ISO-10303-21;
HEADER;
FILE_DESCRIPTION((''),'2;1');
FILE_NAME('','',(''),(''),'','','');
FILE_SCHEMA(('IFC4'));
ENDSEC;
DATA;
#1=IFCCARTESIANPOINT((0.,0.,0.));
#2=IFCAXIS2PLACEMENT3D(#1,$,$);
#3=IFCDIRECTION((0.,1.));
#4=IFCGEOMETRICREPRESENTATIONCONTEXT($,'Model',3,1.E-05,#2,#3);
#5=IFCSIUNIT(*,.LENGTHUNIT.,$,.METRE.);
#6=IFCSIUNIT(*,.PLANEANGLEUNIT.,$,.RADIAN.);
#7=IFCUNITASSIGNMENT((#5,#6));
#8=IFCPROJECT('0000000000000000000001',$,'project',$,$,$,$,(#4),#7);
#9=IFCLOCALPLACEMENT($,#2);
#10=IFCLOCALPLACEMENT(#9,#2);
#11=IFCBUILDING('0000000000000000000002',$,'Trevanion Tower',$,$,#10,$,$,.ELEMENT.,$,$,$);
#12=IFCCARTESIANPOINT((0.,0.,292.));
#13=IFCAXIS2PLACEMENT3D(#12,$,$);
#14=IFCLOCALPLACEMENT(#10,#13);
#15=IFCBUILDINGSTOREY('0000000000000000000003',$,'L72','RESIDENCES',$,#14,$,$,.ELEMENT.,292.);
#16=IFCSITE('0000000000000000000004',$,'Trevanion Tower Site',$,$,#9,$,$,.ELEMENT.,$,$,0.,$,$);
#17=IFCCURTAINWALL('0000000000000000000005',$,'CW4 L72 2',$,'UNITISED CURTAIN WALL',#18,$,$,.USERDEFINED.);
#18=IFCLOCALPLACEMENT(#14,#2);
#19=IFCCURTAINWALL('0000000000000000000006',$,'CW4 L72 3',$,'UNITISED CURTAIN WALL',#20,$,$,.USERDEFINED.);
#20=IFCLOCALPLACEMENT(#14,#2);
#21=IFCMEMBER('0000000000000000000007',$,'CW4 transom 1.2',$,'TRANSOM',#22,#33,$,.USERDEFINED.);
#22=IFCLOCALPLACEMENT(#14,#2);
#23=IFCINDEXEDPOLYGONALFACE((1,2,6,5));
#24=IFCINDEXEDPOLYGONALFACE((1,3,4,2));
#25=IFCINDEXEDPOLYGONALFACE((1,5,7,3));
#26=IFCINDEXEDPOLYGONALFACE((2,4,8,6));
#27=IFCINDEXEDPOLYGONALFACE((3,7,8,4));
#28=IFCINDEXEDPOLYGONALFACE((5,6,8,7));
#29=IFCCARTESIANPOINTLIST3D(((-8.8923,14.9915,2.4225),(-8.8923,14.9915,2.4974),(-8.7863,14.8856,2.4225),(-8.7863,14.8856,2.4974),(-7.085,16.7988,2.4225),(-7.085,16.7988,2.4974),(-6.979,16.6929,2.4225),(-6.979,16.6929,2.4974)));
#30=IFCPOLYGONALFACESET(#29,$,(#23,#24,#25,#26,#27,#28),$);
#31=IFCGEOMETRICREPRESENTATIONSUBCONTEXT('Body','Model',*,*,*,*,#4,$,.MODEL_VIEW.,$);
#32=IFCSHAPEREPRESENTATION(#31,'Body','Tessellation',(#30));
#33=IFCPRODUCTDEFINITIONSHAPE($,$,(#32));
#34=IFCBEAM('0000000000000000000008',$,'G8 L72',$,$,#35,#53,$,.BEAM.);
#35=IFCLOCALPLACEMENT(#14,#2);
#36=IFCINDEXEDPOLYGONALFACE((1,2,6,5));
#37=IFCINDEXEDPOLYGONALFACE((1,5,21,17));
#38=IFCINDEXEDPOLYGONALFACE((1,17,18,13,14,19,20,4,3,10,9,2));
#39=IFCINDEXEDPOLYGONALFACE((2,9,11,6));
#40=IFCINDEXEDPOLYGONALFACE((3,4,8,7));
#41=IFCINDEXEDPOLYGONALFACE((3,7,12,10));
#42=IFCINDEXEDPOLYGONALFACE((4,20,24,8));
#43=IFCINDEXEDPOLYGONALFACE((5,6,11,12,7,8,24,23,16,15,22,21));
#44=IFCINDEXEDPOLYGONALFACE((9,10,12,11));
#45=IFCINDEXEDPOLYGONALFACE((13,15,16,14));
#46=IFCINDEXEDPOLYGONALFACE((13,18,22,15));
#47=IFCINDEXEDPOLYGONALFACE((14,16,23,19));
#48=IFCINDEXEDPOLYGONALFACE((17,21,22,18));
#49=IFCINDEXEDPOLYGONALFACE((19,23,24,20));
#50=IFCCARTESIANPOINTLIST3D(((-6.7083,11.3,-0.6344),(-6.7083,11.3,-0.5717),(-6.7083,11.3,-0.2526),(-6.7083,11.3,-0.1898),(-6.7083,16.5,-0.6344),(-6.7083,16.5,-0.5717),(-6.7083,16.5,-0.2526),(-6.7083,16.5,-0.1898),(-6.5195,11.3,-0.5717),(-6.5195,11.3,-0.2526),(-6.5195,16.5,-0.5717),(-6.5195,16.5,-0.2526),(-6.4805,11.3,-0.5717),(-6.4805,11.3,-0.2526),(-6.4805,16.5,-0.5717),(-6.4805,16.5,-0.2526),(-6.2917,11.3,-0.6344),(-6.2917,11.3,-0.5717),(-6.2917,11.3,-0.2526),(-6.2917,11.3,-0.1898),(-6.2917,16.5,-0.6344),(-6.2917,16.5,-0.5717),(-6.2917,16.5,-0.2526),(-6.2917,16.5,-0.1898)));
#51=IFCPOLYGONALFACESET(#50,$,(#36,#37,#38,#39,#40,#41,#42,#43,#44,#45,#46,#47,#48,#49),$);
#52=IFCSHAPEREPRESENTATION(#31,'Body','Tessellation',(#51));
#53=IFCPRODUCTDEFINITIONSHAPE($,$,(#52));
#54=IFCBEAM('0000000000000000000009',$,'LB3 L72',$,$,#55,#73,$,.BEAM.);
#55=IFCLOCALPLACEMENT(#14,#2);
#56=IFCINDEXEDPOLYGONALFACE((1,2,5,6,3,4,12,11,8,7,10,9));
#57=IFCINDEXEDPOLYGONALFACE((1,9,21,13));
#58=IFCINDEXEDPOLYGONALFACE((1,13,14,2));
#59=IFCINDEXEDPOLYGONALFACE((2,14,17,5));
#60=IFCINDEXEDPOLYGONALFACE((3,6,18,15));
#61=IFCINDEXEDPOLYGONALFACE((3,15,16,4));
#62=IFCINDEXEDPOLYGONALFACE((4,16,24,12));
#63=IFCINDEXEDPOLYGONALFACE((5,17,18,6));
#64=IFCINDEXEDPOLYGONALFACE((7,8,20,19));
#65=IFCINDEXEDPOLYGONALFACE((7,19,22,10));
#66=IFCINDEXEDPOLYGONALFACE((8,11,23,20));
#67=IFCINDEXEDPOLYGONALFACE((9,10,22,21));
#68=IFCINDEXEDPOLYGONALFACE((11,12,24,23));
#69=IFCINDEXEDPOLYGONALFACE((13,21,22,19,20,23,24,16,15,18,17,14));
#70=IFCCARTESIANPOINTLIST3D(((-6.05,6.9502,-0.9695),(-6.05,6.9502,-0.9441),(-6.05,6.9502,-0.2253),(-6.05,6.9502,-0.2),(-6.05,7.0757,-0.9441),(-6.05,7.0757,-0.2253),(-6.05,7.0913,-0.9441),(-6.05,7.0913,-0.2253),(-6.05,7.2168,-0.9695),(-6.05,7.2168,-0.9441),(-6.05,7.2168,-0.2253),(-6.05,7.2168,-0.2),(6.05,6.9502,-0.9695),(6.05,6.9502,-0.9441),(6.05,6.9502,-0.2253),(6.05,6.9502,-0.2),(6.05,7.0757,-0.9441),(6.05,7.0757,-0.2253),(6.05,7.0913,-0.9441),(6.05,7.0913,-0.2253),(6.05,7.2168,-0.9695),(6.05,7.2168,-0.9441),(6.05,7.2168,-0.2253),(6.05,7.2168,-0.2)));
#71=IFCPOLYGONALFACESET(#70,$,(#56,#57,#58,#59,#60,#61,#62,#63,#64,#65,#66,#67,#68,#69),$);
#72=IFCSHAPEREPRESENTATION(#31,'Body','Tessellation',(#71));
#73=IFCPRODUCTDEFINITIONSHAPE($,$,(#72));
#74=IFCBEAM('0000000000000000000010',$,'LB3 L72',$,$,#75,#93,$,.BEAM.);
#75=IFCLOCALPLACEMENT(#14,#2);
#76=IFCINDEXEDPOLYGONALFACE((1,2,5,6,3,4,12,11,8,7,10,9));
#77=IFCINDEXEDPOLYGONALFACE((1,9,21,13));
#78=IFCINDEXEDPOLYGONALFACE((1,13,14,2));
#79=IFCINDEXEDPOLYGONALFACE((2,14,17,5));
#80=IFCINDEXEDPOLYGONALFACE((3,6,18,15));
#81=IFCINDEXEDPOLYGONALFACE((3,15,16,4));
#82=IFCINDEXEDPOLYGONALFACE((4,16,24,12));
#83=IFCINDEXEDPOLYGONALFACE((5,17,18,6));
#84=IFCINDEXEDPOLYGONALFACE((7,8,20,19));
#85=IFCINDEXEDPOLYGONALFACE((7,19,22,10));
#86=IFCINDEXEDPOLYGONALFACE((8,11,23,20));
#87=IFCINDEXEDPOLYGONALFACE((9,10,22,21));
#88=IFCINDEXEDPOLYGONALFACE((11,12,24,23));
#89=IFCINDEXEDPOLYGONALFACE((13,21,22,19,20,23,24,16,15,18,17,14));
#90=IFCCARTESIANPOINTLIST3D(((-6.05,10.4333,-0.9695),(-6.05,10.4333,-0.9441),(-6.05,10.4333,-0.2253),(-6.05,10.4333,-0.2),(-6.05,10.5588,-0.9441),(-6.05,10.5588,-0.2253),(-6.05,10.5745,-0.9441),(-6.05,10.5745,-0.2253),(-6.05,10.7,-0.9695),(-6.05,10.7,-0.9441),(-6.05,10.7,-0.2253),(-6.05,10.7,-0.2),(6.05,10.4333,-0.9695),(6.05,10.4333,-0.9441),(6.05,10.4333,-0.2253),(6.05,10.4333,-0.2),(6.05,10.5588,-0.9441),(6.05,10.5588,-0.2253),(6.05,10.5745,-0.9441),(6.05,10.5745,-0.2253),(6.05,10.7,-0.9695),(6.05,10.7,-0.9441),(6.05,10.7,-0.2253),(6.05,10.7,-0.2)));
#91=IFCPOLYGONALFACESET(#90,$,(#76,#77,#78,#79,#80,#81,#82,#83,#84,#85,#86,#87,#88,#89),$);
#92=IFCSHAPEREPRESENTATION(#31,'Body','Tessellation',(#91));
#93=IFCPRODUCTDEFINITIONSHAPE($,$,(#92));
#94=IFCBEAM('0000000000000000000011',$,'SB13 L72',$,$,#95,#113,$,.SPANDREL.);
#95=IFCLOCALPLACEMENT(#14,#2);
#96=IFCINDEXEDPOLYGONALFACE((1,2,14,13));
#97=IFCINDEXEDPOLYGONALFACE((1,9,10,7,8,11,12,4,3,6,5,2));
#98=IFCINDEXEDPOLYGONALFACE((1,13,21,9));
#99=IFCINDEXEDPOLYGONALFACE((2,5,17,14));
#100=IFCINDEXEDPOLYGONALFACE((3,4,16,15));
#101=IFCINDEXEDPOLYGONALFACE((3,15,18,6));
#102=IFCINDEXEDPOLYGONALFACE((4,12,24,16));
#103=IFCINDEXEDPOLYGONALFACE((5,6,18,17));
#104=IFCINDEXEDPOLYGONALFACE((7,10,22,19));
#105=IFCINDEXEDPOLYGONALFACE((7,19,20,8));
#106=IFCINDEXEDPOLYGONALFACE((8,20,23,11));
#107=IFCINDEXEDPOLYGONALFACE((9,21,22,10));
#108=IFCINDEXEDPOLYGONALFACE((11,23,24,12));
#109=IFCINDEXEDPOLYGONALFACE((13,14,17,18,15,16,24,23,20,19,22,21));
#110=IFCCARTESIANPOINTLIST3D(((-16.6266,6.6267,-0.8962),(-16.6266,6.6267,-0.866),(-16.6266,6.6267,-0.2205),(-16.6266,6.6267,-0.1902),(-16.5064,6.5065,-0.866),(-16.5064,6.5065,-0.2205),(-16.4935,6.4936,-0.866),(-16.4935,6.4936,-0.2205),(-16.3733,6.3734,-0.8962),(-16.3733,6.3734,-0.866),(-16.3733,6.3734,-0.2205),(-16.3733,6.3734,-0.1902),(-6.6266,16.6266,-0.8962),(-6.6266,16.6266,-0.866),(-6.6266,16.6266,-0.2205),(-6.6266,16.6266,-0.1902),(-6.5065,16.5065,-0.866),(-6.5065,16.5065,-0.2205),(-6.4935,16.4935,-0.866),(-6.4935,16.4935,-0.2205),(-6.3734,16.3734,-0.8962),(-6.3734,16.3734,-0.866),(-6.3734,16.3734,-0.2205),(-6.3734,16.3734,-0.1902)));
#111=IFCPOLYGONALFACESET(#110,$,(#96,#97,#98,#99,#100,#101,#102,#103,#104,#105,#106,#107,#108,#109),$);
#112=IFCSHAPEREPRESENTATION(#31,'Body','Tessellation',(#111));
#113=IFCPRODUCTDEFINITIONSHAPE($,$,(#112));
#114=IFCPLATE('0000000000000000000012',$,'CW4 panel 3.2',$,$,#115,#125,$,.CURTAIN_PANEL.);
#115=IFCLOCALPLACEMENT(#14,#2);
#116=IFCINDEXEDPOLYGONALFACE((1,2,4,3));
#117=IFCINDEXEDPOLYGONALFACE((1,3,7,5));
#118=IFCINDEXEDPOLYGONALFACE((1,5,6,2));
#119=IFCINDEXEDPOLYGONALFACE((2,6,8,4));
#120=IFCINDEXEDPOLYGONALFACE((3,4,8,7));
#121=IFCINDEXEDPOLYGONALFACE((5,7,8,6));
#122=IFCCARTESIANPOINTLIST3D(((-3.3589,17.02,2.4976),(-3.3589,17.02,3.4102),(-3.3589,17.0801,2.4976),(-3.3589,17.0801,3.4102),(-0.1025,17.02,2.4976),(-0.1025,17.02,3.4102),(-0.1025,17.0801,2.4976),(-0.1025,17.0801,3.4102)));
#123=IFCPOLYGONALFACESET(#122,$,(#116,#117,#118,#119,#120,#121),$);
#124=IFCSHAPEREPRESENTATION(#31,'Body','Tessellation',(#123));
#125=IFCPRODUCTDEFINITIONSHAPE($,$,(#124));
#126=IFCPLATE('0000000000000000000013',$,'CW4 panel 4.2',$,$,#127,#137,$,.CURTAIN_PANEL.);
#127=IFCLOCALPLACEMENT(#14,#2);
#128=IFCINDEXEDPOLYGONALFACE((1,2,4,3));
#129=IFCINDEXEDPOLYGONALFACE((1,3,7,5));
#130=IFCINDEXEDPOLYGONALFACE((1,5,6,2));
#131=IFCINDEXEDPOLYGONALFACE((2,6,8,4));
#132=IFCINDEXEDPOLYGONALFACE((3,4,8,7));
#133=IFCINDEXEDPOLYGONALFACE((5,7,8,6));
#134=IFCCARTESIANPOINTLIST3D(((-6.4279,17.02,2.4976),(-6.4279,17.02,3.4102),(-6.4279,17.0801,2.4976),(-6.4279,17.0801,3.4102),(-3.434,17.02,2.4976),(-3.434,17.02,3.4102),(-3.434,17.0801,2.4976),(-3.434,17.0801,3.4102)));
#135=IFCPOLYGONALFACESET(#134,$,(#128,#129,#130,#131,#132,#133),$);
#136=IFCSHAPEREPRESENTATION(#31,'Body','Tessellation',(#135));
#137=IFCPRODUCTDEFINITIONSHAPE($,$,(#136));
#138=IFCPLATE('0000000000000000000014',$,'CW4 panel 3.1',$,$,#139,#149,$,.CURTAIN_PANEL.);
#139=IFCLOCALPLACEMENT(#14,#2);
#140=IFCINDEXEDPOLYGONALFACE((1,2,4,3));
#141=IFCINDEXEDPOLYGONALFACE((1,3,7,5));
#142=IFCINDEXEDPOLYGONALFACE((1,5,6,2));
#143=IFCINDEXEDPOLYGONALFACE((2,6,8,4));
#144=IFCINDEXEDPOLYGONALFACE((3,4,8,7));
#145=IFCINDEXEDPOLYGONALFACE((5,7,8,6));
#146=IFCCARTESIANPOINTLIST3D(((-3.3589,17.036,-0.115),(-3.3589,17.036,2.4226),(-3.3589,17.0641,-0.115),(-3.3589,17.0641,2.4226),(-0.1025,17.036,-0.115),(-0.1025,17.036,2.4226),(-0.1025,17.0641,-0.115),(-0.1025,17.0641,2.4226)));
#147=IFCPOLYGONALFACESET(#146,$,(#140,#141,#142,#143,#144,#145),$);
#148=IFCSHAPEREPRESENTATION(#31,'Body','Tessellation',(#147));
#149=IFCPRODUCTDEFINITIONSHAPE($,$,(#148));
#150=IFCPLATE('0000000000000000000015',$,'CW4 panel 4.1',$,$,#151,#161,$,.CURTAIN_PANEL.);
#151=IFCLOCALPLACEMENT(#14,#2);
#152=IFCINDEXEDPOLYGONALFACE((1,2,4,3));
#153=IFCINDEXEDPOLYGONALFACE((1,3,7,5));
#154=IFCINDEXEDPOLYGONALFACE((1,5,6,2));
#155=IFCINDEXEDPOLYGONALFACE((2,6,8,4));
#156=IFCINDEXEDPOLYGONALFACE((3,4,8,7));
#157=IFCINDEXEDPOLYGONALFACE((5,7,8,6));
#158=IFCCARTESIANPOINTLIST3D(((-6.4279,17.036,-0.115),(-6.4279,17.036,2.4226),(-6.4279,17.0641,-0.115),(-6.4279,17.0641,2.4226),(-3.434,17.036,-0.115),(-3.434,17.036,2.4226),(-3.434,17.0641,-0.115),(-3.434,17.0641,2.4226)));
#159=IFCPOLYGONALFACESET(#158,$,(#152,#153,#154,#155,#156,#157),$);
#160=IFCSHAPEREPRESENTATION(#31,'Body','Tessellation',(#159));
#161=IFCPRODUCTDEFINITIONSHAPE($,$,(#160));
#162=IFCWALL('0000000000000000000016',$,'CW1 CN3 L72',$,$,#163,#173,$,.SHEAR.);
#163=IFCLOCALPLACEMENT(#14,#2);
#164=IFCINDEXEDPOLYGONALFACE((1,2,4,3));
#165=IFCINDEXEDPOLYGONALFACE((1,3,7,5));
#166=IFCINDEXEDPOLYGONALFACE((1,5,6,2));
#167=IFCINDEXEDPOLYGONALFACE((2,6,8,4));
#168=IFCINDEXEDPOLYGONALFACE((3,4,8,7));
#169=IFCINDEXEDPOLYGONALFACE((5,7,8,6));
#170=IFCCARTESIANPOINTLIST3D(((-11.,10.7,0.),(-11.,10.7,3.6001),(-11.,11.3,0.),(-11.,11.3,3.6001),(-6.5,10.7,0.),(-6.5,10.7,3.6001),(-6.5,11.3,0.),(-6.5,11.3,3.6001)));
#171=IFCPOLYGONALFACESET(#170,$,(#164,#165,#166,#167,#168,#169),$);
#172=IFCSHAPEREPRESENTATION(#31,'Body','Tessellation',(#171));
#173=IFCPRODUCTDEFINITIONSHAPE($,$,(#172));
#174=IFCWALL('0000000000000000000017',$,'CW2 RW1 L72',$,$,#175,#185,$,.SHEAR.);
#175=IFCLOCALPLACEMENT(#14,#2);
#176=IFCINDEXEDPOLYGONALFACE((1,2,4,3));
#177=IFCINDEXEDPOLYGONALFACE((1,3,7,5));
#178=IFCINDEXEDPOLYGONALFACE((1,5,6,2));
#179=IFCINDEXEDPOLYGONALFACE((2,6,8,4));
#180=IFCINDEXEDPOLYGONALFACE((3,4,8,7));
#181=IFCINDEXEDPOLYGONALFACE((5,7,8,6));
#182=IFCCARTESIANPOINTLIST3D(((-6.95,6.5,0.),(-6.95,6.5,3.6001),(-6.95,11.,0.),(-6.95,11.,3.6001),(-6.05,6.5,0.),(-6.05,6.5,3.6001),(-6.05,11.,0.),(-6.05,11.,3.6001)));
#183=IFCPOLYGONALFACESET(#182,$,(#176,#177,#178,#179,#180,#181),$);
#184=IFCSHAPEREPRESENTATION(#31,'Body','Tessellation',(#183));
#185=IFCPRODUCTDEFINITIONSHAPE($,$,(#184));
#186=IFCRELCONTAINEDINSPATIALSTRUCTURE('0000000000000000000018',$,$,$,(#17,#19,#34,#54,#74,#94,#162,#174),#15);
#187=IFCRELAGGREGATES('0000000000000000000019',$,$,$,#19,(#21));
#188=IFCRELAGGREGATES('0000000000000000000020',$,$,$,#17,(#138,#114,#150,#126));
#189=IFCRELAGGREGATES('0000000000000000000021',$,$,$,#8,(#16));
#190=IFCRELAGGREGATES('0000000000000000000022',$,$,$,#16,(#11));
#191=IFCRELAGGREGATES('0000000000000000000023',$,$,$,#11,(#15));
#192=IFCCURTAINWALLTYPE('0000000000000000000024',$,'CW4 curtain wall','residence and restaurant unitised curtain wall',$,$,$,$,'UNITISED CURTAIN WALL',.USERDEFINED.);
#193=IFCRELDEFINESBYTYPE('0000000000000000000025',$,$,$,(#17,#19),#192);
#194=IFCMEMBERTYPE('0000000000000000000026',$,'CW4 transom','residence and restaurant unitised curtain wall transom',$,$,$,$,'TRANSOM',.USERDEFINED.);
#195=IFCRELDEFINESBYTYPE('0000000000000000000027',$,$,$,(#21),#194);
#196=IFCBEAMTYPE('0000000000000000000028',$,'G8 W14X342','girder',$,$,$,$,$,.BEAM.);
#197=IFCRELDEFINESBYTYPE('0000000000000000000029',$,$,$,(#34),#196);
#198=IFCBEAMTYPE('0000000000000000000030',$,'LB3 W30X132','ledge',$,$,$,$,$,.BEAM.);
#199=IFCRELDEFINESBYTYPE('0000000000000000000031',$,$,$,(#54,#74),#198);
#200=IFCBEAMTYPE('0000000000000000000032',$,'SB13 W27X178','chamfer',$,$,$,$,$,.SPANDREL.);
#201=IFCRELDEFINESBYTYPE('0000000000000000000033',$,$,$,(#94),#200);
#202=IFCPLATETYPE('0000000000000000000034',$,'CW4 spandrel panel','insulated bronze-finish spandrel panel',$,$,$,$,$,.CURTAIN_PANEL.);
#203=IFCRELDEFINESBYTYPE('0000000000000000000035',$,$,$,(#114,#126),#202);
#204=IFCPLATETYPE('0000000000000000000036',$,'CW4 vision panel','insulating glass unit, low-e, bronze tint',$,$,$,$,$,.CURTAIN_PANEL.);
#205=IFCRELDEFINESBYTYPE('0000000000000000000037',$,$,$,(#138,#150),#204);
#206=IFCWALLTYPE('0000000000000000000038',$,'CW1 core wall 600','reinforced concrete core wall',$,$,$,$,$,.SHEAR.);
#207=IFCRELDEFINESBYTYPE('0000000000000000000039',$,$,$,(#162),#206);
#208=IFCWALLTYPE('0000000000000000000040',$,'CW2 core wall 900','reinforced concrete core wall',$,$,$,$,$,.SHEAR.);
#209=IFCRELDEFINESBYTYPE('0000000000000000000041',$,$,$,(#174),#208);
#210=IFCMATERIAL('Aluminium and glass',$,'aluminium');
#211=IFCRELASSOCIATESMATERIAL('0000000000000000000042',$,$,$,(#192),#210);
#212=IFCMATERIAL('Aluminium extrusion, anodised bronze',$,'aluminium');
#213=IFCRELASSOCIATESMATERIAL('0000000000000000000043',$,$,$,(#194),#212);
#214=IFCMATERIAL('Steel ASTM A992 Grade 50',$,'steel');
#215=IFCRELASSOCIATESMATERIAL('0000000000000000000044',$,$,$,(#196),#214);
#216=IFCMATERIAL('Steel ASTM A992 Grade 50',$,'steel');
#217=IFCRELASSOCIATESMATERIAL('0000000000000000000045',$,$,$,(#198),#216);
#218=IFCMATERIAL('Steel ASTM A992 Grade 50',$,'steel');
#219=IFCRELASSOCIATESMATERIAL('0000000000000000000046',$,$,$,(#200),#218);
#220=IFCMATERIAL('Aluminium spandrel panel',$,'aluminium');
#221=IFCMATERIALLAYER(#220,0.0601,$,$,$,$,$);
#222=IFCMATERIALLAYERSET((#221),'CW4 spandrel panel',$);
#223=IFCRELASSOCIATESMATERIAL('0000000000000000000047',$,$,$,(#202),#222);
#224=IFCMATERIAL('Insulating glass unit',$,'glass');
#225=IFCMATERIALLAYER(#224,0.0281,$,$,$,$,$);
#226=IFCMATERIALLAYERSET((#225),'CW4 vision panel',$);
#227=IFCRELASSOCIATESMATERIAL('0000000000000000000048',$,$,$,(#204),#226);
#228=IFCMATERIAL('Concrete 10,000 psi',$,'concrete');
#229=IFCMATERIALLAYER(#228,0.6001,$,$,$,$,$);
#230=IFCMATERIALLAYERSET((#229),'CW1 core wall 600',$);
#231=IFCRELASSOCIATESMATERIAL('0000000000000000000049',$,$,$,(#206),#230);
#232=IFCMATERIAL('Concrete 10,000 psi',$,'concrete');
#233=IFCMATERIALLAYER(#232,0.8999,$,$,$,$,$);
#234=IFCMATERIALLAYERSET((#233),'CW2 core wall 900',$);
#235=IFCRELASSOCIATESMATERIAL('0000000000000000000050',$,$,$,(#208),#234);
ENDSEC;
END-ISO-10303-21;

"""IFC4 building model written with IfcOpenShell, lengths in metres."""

from ifc_helpers import new_model, si_unit, direction, frame, frame_2d, origin, origin_2d, place, context, subcontext, project, spatial, rectangle, i_section, extrude, material, layer, layer_set, material_profile, profile_set, type_object, element, aggregate, save


model = new_model("IFC4")

# Units and contexts
model_context = context("Model", 3, precision=1e-05, world=origin(), true_north=direction((0.0, 1.0)))
body_context = subcontext(model_context, "Body", "Model", "MODEL_VIEW")
ifc_project = project(units=[si_unit("LENGTHUNIT", "METRE"), si_unit("PLANEANGLEUNIT", "RADIAN")], contexts=[model_context])

# Site, building, storey
site_placement = place(None, origin())
site = spatial("IfcSite", under=ifc_project, at=site_placement, Name="Trevanion Tower Site", CompositionType="ELEMENT", RefElevation=0.0)
building_placement = place(site_placement, origin())
building = spatial("IfcBuilding", under=site, at=building_placement, Name="Trevanion Tower", CompositionType="ELEMENT")
storey_placement = place(building_placement, frame((0.0, 0.0, 292.0)))
storey = spatial("IfcBuildingStorey", under=building, at=storey_placement, Name="L72", Description="RESIDENCES", CompositionType="ELEMENT", Elevation=292.0)

# Curtain wall
ifc_material_1 = material(Name="Aluminium and glass", Category="aluminium")
curtain_wall_type = type_object("IfcCurtainWallType", Name="CW4 curtain wall", Description="residence and restaurant unitised curtain wall", ElementType="UNITISED CURTAIN WALL", PredefinedType="USERDEFINED", material=ifc_material_1)
curtain_wall_1_placement = place(storey_placement, origin())
curtain_wall_1 = element("IfcCurtainWall", 1, at=curtain_wall_1_placement, inside=storey, type_object=curtain_wall_type, Name="CW4 L72 2", ObjectType="UNITISED CURTAIN WALL", PredefinedType="USERDEFINED")

# Curtain wall
curtain_wall_2_placement = place(storey_placement, origin())
curtain_wall_2 = element("IfcCurtainWall", 2, at=curtain_wall_2_placement, inside=storey, type_object=curtain_wall_type, Name="CW4 L72 3", ObjectType="UNITISED CURTAIN WALL", PredefinedType="USERDEFINED")

# Member
ifc_material_2 = material(Name="Aluminium extrusion, anodised bronze", Category="aluminium")
ifc_material_profile_1 = material_profile(ifc_material_2, rectangle(XDim=0.1499, YDim=0.075, at=origin_2d()), Name="CW4 transom")
ifc_profile_set_1 = profile_set([ifc_material_profile_1], Name="Aluminium extrusion, anodised bronze")
member_type_1 = type_object("IfcMemberType", Name="CW4 transom", Description="residence and restaurant unitised curtain wall transom", ElementType="TRANSOM", PredefinedType="USERDEFINED", material=ifc_profile_set_1)
member_1_placement = place(storey_placement, frame((-7.032, 16.7458, 2.46), z_axis=(-0.707107, -0.707107, 0.0), x_axis=(0.707107, -0.707107, 0.0)))
member_1 = element("IfcMember", 3, at=member_1_placement, type_object=member_type_1, Name="CW4 transom 1.2", ObjectType="TRANSOM", PredefinedType="USERDEFINED", context=body_context, shape_type="SweptSolid", body=[
    extrude(rectangle(XDim=0.1499, YDim=0.075, at=origin_2d()), origin(), (0.0, 0.0, 1.0), 2.5559),
])
aggregate(curtain_wall_2, [member_1])

# Beams
ifc_material_3 = material(Name="Steel ASTM A992 Grade 50", Category="steel")
ifc_material_profile_2 = material_profile(ifc_material_3, i_section(OverallWidth=0.4165, OverallDepth=0.4446, WebThickness=0.0391, FlangeThickness=0.0627, at=origin_2d()), Name="W14X342")
ifc_profile_set_2 = profile_set([ifc_material_profile_2], Name="Steel ASTM A992 Grade 50")
beam_type_1 = type_object("IfcBeamType", Name="G8 W14X342", Description="girder", PredefinedType="BEAM", material=ifc_profile_set_2)
beam_1_placement = place(storey_placement, frame((-6.5, 11.3, -0.4121), z_axis=(0.0, 1.0, 0.0), x_axis=(-1.0, 0.0, 0.0)))
element("IfcBeam", 4, at=beam_1_placement, inside=storey, type_object=beam_type_1, Name="G8 L72", PredefinedType="BEAM", context=body_context, shape_type="SweptSolid", body=[
    extrude(i_section(OverallWidth=0.4165, OverallDepth=0.4446, WebThickness=0.0391, FlangeThickness=0.0627, at=origin_2d()), origin(), (0.0, 0.0, 1.0), 5.2),
])
ifc_material_4 = material(Name="Steel ASTM A992 Grade 50", Category="steel")
ifc_material_profile_3 = material_profile(ifc_material_4, i_section(OverallWidth=0.2666, OverallDepth=0.7695, WebThickness=0.0156, FlangeThickness=0.0254, at=origin_2d()), Name="W30X132")
ifc_profile_set_3 = profile_set([ifc_material_profile_3], Name="Steel ASTM A992 Grade 50")
beam_type_2 = type_object("IfcBeamType", Name="LB3 W30X132", Description="ledge", PredefinedType="BEAM", material=ifc_profile_set_3)
for number, where, z_axis, x_axis, name in (
    (5, (-6.05, 7.0835, -0.5847), (1.0, 0.0, 0.0), (0.0, 1.0, 0.0), "LB3 L72"),
    (6, (-6.05, 10.5667, -0.5847), (1.0, 0.0, 0.0), (0.0, 1.0, 0.0), "LB3 L72"),
):
    element("IfcBeam", number, at=place(storey_placement, frame(where, z_axis=z_axis, x_axis=x_axis)), inside=storey, type_object=beam_type_2, Name=name, PredefinedType="BEAM", context=body_context, shape_type="SweptSolid", body=[
        extrude(i_section(OverallWidth=0.2666, OverallDepth=0.7695, WebThickness=0.0156, FlangeThickness=0.0254, at=origin_2d()), origin(), (0.0, 0.0, 1.0), 12.1001),
    ])
ifc_material_5 = material(Name="Steel ASTM A992 Grade 50", Category="steel")
ifc_material_profile_4 = material_profile(ifc_material_5, i_section(OverallWidth=0.3582, OverallDepth=0.7061, WebThickness=0.0183, FlangeThickness=0.0303, at=origin_2d()), Name="W27X178")
ifc_profile_set_4 = profile_set([ifc_material_profile_4], Name="Steel ASTM A992 Grade 50")
beam_type_3 = type_object("IfcBeamType", Name="SB13 W27X178", Description="chamfer", PredefinedType="SPANDREL", material=ifc_profile_set_4)
beam_2_placement = place(storey_placement, frame((-6.5, 16.5, -0.5432), z_axis=(-0.707107, -0.707107, 0.0), x_axis=(0.707107, -0.707107, 0.0)))
element("IfcBeam", 7, at=beam_2_placement, inside=storey, type_object=beam_type_3, Name="SB13 L72", PredefinedType="SPANDREL", context=body_context, shape_type="SweptSolid", body=[
    extrude(i_section(OverallWidth=0.3582, OverallDepth=0.7061, WebThickness=0.0183, FlangeThickness=0.0303, at=origin_2d()), origin(), (0.0, 0.0, 1.0), 14.1421),
])

# Plates
ifc_material_6 = material(Name="Aluminium spandrel panel", Category="aluminium")
ifc_layer_1 = layer(ifc_material_6, 0.0601)
ifc_layer_set_1 = layer_set([ifc_layer_1], Name="CW4 spandrel panel")
plate_type_1 = type_object("IfcPlateType", Name="CW4 spandrel panel", Description="insulated bronze-finish spandrel panel", PredefinedType="CURTAIN_PANEL", material=ifc_layer_set_1)
plate_1_placement = place(storey_placement, frame((-1.7307, 17.05, 2.4976), z_axis=(0.0, 0.0, 1.0), x_axis=(-1.0, 0.0, 0.0)))
plate_1 = element("IfcPlate", 8, at=plate_1_placement, type_object=plate_type_1, Name="CW4 panel 3.2", PredefinedType="CURTAIN_PANEL", context=body_context, shape_type="SweptSolid", body=[
    extrude(rectangle(XDim=3.2563, YDim=0.0601, at=origin_2d()), origin(), (0.0, 0.0, 1.0), 0.9126),
])
plate_2_placement = place(storey_placement, frame((-4.9309, 17.05, 2.4976), z_axis=(0.0, 0.0, 1.0), x_axis=(-1.0, 0.0, 0.0)))
plate_2 = element("IfcPlate", 9, at=plate_2_placement, type_object=plate_type_1, Name="CW4 panel 4.2", PredefinedType="CURTAIN_PANEL", context=body_context, shape_type="SweptSolid", body=[
    extrude(rectangle(XDim=2.9939, YDim=0.0601, at=origin_2d()), origin(), (0.0, 0.0, 1.0), 0.9126),
])
ifc_material_7 = material(Name="Insulating glass unit", Category="glass")
ifc_layer_2 = layer(ifc_material_7, 0.0281)
ifc_layer_set_2 = layer_set([ifc_layer_2], Name="CW4 vision panel")
plate_type_2 = type_object("IfcPlateType", Name="CW4 vision panel", Description="insulating glass unit, low-e, bronze tint", PredefinedType="CURTAIN_PANEL", material=ifc_layer_set_2)
plate_3_placement = place(storey_placement, frame((-1.7307, 17.05, -0.115), z_axis=(0.0, 0.0, 1.0), x_axis=(-1.0, 0.0, 0.0)))
plate_3 = element("IfcPlate", 10, at=plate_3_placement, type_object=plate_type_2, Name="CW4 panel 3.1", PredefinedType="CURTAIN_PANEL", context=body_context, shape_type="SweptSolid", body=[
    extrude(rectangle(XDim=3.2563, YDim=0.0281, at=origin_2d()), origin(), (0.0, 0.0, 1.0), 2.5376),
])
plate_4_placement = place(storey_placement, frame((-4.9309, 17.05, -0.115), z_axis=(0.0, 0.0, 1.0), x_axis=(-1.0, 0.0, 0.0)))
plate_4 = element("IfcPlate", 11, at=plate_4_placement, type_object=plate_type_2, Name="CW4 panel 4.1", PredefinedType="CURTAIN_PANEL", context=body_context, shape_type="SweptSolid", body=[
    extrude(rectangle(XDim=2.9939, YDim=0.0281, at=origin_2d()), origin(), (0.0, 0.0, 1.0), 2.5376),
])
aggregate(curtain_wall_1, [plate_3, plate_1, plate_4, plate_2])

# Walls
ifc_material_8 = material(Name="Concrete 10,000 psi", Category="concrete")
ifc_layer_3 = layer(ifc_material_8, 0.6001)
ifc_layer_set_3 = layer_set([ifc_layer_3], Name="CW1 core wall 600")
wall_type_1 = type_object("IfcWallType", Name="CW1 core wall 600", Description="reinforced concrete core wall", PredefinedType="SHEAR", material=ifc_layer_set_3)
wall_1_placement = place(storey_placement, frame((-6.5, 11.0, 0.0), z_axis=(0.0, 0.0, 1.0), x_axis=(-1.0, 0.0, 0.0)))
element("IfcWall", 12, at=wall_1_placement, inside=storey, type_object=wall_type_1, Name="CW1 CN3 L72", PredefinedType="SHEAR", context=body_context, shape_type="SweptSolid", body=[
    extrude(rectangle(XDim=4.5, YDim=0.6001, at=frame_2d((2.25, 0.0))), origin(), (0.0, 0.0, 1.0), 3.6001),
])
ifc_material_9 = material(Name="Concrete 10,000 psi", Category="concrete")
ifc_layer_4 = layer(ifc_material_9, 0.8999)
ifc_layer_set_4 = layer_set([ifc_layer_4], Name="CW2 core wall 900")
wall_type_2 = type_object("IfcWallType", Name="CW2 core wall 900", Description="reinforced concrete core wall", PredefinedType="SHEAR", material=ifc_layer_set_4)
wall_2_placement = place(storey_placement, frame((-6.5, 11.0, 0.0), z_axis=(0.0, 0.0, 1.0), x_axis=(0.0, -1.0, 0.0)))
element("IfcWall", 13, at=wall_2_placement, inside=storey, type_object=wall_type_2, Name="CW2 RW1 L72", PredefinedType="SHEAR", context=body_context, shape_type="SweptSolid", body=[
    extrude(rectangle(XDim=4.5, YDim=0.8999, at=frame_2d((2.25, 0.0))), origin(), (0.0, 0.0, 1.0), 3.6001),
])

save(model, "model.ifc")
